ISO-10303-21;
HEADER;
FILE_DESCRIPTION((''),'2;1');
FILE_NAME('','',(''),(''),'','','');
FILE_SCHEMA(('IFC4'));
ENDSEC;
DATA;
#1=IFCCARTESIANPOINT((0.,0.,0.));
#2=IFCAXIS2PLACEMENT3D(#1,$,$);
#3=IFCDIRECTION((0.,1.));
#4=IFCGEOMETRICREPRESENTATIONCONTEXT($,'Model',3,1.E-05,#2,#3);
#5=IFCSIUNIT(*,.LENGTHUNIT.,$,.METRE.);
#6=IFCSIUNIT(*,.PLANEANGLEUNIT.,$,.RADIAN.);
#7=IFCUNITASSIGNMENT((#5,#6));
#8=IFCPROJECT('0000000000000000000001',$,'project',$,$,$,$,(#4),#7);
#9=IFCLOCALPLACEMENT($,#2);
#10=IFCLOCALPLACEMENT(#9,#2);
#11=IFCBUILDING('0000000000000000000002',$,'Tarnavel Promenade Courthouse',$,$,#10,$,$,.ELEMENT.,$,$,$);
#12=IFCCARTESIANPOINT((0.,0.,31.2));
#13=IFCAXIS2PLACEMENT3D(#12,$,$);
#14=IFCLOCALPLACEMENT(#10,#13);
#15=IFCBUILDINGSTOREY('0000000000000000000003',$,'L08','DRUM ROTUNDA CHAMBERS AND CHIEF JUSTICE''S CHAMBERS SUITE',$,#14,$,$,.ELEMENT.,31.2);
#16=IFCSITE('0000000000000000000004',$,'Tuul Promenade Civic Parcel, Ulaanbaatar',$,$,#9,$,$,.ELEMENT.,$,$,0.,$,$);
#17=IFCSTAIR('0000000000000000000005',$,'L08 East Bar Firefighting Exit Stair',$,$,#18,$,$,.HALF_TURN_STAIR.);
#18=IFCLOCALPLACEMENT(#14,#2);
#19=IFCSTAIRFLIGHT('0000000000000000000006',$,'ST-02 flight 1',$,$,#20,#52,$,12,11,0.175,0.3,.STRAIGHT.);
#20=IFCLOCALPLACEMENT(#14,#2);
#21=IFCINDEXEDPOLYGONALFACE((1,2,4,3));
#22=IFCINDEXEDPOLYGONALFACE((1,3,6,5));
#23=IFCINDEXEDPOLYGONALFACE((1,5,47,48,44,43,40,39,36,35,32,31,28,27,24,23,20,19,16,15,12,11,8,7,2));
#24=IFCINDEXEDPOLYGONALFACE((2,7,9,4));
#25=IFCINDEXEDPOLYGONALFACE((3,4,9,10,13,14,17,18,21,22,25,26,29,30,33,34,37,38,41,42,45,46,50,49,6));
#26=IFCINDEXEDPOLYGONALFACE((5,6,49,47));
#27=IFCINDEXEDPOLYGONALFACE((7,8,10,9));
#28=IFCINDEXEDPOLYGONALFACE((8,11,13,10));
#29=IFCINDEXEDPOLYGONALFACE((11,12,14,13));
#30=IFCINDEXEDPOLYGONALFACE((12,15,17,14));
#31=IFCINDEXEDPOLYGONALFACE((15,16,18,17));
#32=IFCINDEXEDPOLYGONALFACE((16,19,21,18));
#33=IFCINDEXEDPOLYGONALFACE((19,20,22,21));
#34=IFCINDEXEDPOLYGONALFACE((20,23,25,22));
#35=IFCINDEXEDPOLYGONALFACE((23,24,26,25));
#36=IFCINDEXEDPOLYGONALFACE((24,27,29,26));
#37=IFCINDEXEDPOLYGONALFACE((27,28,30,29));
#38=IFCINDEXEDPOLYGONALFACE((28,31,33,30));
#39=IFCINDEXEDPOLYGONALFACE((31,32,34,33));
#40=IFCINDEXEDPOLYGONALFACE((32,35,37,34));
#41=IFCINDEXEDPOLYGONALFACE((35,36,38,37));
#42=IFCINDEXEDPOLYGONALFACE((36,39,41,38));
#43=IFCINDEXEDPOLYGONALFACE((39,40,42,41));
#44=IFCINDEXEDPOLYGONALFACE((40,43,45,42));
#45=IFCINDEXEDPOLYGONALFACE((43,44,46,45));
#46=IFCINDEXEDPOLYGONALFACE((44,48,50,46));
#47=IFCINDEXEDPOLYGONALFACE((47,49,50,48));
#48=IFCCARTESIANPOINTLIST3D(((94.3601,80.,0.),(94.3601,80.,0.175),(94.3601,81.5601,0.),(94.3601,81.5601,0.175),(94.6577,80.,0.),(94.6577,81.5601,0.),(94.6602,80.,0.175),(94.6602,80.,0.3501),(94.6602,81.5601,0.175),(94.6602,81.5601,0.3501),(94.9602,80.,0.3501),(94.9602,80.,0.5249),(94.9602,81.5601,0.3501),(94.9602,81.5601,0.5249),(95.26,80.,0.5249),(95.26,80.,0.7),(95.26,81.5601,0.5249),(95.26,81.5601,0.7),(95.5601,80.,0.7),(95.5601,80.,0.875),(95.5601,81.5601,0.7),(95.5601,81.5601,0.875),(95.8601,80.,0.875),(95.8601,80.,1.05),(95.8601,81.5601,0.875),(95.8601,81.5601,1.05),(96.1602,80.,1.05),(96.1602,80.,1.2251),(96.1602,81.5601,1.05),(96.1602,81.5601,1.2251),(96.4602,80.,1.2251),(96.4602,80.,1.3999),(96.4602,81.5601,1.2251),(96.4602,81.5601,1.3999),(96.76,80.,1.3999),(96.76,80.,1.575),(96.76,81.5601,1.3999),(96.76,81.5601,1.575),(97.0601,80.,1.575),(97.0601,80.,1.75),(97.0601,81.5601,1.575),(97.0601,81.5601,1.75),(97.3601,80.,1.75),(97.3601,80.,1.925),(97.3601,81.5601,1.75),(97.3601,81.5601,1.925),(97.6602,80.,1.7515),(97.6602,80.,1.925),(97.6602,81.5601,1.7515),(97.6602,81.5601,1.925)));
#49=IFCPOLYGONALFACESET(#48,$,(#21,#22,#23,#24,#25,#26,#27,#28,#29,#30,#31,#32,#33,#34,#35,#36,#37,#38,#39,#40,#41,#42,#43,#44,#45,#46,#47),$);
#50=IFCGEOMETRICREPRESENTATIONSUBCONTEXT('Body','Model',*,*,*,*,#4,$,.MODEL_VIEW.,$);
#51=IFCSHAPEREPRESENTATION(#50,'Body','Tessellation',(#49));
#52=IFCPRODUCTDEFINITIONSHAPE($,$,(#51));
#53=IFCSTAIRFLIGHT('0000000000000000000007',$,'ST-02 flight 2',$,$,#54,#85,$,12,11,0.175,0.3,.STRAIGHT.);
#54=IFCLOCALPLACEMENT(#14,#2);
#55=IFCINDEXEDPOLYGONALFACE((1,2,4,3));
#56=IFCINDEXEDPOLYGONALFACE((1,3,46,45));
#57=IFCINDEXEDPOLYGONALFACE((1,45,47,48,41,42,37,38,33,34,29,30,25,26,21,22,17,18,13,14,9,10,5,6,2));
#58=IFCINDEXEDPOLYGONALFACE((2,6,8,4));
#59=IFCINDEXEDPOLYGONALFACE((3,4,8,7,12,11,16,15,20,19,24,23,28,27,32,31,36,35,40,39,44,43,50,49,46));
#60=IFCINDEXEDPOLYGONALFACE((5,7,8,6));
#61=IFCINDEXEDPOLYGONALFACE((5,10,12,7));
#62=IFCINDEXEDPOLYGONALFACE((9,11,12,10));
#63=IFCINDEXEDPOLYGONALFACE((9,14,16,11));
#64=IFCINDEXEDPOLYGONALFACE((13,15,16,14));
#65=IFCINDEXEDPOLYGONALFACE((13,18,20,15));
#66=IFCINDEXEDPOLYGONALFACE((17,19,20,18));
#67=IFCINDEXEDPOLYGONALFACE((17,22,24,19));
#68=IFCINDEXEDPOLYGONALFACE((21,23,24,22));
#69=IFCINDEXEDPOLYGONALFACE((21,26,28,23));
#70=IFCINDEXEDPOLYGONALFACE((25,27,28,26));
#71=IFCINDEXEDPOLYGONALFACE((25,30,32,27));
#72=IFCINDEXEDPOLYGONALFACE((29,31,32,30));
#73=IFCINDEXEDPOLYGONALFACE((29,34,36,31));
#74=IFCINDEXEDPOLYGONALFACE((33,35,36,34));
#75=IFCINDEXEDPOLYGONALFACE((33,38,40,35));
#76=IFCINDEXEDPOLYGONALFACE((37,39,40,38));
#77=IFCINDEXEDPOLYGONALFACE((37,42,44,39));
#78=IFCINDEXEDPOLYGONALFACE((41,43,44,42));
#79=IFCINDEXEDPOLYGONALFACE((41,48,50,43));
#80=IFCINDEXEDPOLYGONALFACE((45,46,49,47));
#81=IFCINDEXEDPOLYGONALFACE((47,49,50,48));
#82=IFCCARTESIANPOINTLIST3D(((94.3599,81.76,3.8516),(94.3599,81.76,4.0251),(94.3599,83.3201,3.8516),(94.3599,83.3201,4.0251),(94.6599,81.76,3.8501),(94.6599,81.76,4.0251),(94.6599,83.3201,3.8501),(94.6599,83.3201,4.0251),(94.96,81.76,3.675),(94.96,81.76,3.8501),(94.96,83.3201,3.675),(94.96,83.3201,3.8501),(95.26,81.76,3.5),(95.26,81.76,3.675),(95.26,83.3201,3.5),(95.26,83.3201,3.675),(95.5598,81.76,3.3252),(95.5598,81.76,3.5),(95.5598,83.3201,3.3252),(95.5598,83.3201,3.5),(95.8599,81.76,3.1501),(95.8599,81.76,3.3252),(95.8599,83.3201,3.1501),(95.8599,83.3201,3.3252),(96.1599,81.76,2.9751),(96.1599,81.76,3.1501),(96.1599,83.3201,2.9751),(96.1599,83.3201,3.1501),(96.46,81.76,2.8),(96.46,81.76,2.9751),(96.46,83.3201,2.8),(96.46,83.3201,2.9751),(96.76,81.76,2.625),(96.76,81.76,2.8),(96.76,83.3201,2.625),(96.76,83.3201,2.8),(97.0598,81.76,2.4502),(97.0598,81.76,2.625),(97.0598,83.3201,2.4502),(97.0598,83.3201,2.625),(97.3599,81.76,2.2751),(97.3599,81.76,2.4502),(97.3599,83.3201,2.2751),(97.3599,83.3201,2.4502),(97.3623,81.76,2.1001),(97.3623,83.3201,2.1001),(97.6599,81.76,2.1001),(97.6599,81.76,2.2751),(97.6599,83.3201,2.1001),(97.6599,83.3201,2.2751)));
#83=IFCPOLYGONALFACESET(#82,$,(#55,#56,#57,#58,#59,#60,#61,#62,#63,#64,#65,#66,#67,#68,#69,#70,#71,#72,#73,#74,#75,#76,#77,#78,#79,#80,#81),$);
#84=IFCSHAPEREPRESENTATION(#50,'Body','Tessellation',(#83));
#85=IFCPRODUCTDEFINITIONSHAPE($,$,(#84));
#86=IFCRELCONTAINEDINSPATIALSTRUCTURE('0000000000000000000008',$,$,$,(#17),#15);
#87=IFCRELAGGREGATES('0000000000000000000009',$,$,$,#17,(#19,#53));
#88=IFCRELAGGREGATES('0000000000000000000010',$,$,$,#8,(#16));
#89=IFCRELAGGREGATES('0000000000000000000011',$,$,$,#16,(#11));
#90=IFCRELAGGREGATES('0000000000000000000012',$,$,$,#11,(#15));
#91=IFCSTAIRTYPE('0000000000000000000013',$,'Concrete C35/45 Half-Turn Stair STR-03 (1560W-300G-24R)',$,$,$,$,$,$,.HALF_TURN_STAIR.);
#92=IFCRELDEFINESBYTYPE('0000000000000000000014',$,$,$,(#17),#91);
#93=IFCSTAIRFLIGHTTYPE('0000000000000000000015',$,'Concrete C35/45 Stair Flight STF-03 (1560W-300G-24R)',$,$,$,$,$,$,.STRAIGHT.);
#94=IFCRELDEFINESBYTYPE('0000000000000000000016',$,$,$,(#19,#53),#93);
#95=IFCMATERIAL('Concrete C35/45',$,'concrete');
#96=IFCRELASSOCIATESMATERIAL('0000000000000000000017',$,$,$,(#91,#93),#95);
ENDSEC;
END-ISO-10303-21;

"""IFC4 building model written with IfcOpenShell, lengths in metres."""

from ifc_helpers import new_model, si_unit, direction, frame, origin, place, context, subcontext, project, spatial, polyline, outline, extrude, material, type_object, element, aggregate, save


model = new_model("IFC4")

# Units and contexts
model_context = context("Model", 3, precision=1e-05, world=origin(), true_north=direction((0.0, 1.0)))
body_context = subcontext(model_context, "Body", "Model", "MODEL_VIEW")
ifc_project = project(units=[si_unit("LENGTHUNIT", "METRE"), si_unit("PLANEANGLEUNIT", "RADIAN")], contexts=[model_context])

# Site, building, storey
site_placement = place(None, origin())
site = spatial("IfcSite", under=ifc_project, at=site_placement, Name="Tuul Promenade Civic Parcel, Ulaanbaatar", CompositionType="ELEMENT", RefElevation=0.0)
building_placement = place(site_placement, origin())
building = spatial("IfcBuilding", under=site, at=building_placement, Name="Tarnavel Promenade Courthouse", CompositionType="ELEMENT")
storey_placement = place(building_placement, frame((0.0, 0.0, 31.2)))
storey = spatial("IfcBuildingStorey", under=building, at=storey_placement, Name="L08", Description="DRUM ROTUNDA CHAMBERS AND CHIEF JUSTICE'S CHAMBERS SUITE", CompositionType="ELEMENT", Elevation=31.2)

# Stair, stair flights
ifc_material_1 = material(Name="Concrete C35/45", Category="concrete")
stair_type = type_object("IfcStairType", Name="Concrete C35/45 Half-Turn Stair STR-03 (1560W-300G-24R)", PredefinedType="HALF_TURN_STAIR", material=ifc_material_1)
stair_placement = place(storey_placement, origin())
stair = element("IfcStair", 1, at=stair_placement, inside=storey, type_object=stair_type, Name="L08 East Bar Firefighting Exit Stair", PredefinedType="HALF_TURN_STAIR")
stair_flight_type = type_object("IfcStairFlightType", Name="Concrete C35/45 Stair Flight STF-03 (1560W-300G-24R)", PredefinedType="STRAIGHT", material=ifc_material_1)
stair_flight_1_placement = place(storey_placement, frame((94.3601, 80.78, 0.0), z_axis=(0.0, 0.0, 1.0), x_axis=(1.0, 0.0, 0.0)))
stair_flight_1 = element("IfcStairFlight", 2, at=stair_flight_1_placement, type_object=stair_flight_type, Name="ST-02 flight 1", NumberOfRisers=12, NumberOfTreads=11, PredefinedType="STRAIGHT", RiserHeight=0.175, TreadLength=0.3, context=body_context, shape_type="SweptSolid", body=[
    extrude(outline(polyline([(0.0, 0.0), (0.0, 0.175), (0.3, 0.175), (0.3, 0.3501), (0.6001, 0.3501), (0.6001, 0.5249), (0.8999, 0.5249), (0.8999, 0.7), (1.2, 0.7), (1.2, 0.875), (1.5, 0.875), (1.5, 1.05), (1.8, 1.05), (1.8, 1.2251), (2.1001, 1.2251), (2.1001, 1.3999), (2.3999, 1.3999), (2.3999, 1.575), (2.7, 1.575), (2.7, 1.75), (3.0, 1.75), (3.0, 1.925), (3.3, 1.925), (3.3, 2.1001), (3.3, 1.7515), (0.2976, 0.0), (0.0, 0.0)])), frame((0.0, 0.78, 0.0), z_axis=(0.0, -1.0, 0.0), x_axis=(1.0, 0.0, 0.0)), (0.0, 0.0, 1.0), 1.5601),
])
stair_flight_2_placement = place(storey_placement, frame((97.6599, 82.54, 2.1001), z_axis=(0.0, 0.0, 1.0), x_axis=(-1.0, 0.0, 0.0)))
stair_flight_2 = element("IfcStairFlight", 3, at=stair_flight_2_placement, type_object=stair_flight_type, Name="ST-02 flight 2", NumberOfRisers=12, NumberOfTreads=11, PredefinedType="STRAIGHT", RiserHeight=0.175, TreadLength=0.3, context=body_context, shape_type="SweptSolid", body=[
    extrude(outline(polyline([(0.0, 0.0), (0.0, 0.175), (0.3, 0.175), (0.3, 0.3501), (0.6001, 0.3501), (0.6001, 0.5249), (0.8999, 0.5249), (0.8999, 0.7), (1.2, 0.7), (1.2, 0.875), (1.5, 0.875), (1.5, 1.05), (1.8, 1.05), (1.8, 1.2251), (2.1001, 1.2251), (2.1001, 1.3999), (2.3999, 1.3999), (2.3999, 1.575), (2.7, 1.575), (2.7, 1.75), (3.0, 1.75), (3.0, 1.925), (3.3, 1.925), (3.3, 2.1001), (3.3, 1.7515), (0.2976, 0.0), (0.0, 0.0)])), frame((0.0, 0.78, 0.0), z_axis=(0.0, -1.0, 0.0), x_axis=(1.0, 0.0, 0.0)), (0.0, 0.0, 1.0), 1.5601),
])
aggregate(stair, [stair_flight_1, stair_flight_2])

save(model, "model.ifc")
